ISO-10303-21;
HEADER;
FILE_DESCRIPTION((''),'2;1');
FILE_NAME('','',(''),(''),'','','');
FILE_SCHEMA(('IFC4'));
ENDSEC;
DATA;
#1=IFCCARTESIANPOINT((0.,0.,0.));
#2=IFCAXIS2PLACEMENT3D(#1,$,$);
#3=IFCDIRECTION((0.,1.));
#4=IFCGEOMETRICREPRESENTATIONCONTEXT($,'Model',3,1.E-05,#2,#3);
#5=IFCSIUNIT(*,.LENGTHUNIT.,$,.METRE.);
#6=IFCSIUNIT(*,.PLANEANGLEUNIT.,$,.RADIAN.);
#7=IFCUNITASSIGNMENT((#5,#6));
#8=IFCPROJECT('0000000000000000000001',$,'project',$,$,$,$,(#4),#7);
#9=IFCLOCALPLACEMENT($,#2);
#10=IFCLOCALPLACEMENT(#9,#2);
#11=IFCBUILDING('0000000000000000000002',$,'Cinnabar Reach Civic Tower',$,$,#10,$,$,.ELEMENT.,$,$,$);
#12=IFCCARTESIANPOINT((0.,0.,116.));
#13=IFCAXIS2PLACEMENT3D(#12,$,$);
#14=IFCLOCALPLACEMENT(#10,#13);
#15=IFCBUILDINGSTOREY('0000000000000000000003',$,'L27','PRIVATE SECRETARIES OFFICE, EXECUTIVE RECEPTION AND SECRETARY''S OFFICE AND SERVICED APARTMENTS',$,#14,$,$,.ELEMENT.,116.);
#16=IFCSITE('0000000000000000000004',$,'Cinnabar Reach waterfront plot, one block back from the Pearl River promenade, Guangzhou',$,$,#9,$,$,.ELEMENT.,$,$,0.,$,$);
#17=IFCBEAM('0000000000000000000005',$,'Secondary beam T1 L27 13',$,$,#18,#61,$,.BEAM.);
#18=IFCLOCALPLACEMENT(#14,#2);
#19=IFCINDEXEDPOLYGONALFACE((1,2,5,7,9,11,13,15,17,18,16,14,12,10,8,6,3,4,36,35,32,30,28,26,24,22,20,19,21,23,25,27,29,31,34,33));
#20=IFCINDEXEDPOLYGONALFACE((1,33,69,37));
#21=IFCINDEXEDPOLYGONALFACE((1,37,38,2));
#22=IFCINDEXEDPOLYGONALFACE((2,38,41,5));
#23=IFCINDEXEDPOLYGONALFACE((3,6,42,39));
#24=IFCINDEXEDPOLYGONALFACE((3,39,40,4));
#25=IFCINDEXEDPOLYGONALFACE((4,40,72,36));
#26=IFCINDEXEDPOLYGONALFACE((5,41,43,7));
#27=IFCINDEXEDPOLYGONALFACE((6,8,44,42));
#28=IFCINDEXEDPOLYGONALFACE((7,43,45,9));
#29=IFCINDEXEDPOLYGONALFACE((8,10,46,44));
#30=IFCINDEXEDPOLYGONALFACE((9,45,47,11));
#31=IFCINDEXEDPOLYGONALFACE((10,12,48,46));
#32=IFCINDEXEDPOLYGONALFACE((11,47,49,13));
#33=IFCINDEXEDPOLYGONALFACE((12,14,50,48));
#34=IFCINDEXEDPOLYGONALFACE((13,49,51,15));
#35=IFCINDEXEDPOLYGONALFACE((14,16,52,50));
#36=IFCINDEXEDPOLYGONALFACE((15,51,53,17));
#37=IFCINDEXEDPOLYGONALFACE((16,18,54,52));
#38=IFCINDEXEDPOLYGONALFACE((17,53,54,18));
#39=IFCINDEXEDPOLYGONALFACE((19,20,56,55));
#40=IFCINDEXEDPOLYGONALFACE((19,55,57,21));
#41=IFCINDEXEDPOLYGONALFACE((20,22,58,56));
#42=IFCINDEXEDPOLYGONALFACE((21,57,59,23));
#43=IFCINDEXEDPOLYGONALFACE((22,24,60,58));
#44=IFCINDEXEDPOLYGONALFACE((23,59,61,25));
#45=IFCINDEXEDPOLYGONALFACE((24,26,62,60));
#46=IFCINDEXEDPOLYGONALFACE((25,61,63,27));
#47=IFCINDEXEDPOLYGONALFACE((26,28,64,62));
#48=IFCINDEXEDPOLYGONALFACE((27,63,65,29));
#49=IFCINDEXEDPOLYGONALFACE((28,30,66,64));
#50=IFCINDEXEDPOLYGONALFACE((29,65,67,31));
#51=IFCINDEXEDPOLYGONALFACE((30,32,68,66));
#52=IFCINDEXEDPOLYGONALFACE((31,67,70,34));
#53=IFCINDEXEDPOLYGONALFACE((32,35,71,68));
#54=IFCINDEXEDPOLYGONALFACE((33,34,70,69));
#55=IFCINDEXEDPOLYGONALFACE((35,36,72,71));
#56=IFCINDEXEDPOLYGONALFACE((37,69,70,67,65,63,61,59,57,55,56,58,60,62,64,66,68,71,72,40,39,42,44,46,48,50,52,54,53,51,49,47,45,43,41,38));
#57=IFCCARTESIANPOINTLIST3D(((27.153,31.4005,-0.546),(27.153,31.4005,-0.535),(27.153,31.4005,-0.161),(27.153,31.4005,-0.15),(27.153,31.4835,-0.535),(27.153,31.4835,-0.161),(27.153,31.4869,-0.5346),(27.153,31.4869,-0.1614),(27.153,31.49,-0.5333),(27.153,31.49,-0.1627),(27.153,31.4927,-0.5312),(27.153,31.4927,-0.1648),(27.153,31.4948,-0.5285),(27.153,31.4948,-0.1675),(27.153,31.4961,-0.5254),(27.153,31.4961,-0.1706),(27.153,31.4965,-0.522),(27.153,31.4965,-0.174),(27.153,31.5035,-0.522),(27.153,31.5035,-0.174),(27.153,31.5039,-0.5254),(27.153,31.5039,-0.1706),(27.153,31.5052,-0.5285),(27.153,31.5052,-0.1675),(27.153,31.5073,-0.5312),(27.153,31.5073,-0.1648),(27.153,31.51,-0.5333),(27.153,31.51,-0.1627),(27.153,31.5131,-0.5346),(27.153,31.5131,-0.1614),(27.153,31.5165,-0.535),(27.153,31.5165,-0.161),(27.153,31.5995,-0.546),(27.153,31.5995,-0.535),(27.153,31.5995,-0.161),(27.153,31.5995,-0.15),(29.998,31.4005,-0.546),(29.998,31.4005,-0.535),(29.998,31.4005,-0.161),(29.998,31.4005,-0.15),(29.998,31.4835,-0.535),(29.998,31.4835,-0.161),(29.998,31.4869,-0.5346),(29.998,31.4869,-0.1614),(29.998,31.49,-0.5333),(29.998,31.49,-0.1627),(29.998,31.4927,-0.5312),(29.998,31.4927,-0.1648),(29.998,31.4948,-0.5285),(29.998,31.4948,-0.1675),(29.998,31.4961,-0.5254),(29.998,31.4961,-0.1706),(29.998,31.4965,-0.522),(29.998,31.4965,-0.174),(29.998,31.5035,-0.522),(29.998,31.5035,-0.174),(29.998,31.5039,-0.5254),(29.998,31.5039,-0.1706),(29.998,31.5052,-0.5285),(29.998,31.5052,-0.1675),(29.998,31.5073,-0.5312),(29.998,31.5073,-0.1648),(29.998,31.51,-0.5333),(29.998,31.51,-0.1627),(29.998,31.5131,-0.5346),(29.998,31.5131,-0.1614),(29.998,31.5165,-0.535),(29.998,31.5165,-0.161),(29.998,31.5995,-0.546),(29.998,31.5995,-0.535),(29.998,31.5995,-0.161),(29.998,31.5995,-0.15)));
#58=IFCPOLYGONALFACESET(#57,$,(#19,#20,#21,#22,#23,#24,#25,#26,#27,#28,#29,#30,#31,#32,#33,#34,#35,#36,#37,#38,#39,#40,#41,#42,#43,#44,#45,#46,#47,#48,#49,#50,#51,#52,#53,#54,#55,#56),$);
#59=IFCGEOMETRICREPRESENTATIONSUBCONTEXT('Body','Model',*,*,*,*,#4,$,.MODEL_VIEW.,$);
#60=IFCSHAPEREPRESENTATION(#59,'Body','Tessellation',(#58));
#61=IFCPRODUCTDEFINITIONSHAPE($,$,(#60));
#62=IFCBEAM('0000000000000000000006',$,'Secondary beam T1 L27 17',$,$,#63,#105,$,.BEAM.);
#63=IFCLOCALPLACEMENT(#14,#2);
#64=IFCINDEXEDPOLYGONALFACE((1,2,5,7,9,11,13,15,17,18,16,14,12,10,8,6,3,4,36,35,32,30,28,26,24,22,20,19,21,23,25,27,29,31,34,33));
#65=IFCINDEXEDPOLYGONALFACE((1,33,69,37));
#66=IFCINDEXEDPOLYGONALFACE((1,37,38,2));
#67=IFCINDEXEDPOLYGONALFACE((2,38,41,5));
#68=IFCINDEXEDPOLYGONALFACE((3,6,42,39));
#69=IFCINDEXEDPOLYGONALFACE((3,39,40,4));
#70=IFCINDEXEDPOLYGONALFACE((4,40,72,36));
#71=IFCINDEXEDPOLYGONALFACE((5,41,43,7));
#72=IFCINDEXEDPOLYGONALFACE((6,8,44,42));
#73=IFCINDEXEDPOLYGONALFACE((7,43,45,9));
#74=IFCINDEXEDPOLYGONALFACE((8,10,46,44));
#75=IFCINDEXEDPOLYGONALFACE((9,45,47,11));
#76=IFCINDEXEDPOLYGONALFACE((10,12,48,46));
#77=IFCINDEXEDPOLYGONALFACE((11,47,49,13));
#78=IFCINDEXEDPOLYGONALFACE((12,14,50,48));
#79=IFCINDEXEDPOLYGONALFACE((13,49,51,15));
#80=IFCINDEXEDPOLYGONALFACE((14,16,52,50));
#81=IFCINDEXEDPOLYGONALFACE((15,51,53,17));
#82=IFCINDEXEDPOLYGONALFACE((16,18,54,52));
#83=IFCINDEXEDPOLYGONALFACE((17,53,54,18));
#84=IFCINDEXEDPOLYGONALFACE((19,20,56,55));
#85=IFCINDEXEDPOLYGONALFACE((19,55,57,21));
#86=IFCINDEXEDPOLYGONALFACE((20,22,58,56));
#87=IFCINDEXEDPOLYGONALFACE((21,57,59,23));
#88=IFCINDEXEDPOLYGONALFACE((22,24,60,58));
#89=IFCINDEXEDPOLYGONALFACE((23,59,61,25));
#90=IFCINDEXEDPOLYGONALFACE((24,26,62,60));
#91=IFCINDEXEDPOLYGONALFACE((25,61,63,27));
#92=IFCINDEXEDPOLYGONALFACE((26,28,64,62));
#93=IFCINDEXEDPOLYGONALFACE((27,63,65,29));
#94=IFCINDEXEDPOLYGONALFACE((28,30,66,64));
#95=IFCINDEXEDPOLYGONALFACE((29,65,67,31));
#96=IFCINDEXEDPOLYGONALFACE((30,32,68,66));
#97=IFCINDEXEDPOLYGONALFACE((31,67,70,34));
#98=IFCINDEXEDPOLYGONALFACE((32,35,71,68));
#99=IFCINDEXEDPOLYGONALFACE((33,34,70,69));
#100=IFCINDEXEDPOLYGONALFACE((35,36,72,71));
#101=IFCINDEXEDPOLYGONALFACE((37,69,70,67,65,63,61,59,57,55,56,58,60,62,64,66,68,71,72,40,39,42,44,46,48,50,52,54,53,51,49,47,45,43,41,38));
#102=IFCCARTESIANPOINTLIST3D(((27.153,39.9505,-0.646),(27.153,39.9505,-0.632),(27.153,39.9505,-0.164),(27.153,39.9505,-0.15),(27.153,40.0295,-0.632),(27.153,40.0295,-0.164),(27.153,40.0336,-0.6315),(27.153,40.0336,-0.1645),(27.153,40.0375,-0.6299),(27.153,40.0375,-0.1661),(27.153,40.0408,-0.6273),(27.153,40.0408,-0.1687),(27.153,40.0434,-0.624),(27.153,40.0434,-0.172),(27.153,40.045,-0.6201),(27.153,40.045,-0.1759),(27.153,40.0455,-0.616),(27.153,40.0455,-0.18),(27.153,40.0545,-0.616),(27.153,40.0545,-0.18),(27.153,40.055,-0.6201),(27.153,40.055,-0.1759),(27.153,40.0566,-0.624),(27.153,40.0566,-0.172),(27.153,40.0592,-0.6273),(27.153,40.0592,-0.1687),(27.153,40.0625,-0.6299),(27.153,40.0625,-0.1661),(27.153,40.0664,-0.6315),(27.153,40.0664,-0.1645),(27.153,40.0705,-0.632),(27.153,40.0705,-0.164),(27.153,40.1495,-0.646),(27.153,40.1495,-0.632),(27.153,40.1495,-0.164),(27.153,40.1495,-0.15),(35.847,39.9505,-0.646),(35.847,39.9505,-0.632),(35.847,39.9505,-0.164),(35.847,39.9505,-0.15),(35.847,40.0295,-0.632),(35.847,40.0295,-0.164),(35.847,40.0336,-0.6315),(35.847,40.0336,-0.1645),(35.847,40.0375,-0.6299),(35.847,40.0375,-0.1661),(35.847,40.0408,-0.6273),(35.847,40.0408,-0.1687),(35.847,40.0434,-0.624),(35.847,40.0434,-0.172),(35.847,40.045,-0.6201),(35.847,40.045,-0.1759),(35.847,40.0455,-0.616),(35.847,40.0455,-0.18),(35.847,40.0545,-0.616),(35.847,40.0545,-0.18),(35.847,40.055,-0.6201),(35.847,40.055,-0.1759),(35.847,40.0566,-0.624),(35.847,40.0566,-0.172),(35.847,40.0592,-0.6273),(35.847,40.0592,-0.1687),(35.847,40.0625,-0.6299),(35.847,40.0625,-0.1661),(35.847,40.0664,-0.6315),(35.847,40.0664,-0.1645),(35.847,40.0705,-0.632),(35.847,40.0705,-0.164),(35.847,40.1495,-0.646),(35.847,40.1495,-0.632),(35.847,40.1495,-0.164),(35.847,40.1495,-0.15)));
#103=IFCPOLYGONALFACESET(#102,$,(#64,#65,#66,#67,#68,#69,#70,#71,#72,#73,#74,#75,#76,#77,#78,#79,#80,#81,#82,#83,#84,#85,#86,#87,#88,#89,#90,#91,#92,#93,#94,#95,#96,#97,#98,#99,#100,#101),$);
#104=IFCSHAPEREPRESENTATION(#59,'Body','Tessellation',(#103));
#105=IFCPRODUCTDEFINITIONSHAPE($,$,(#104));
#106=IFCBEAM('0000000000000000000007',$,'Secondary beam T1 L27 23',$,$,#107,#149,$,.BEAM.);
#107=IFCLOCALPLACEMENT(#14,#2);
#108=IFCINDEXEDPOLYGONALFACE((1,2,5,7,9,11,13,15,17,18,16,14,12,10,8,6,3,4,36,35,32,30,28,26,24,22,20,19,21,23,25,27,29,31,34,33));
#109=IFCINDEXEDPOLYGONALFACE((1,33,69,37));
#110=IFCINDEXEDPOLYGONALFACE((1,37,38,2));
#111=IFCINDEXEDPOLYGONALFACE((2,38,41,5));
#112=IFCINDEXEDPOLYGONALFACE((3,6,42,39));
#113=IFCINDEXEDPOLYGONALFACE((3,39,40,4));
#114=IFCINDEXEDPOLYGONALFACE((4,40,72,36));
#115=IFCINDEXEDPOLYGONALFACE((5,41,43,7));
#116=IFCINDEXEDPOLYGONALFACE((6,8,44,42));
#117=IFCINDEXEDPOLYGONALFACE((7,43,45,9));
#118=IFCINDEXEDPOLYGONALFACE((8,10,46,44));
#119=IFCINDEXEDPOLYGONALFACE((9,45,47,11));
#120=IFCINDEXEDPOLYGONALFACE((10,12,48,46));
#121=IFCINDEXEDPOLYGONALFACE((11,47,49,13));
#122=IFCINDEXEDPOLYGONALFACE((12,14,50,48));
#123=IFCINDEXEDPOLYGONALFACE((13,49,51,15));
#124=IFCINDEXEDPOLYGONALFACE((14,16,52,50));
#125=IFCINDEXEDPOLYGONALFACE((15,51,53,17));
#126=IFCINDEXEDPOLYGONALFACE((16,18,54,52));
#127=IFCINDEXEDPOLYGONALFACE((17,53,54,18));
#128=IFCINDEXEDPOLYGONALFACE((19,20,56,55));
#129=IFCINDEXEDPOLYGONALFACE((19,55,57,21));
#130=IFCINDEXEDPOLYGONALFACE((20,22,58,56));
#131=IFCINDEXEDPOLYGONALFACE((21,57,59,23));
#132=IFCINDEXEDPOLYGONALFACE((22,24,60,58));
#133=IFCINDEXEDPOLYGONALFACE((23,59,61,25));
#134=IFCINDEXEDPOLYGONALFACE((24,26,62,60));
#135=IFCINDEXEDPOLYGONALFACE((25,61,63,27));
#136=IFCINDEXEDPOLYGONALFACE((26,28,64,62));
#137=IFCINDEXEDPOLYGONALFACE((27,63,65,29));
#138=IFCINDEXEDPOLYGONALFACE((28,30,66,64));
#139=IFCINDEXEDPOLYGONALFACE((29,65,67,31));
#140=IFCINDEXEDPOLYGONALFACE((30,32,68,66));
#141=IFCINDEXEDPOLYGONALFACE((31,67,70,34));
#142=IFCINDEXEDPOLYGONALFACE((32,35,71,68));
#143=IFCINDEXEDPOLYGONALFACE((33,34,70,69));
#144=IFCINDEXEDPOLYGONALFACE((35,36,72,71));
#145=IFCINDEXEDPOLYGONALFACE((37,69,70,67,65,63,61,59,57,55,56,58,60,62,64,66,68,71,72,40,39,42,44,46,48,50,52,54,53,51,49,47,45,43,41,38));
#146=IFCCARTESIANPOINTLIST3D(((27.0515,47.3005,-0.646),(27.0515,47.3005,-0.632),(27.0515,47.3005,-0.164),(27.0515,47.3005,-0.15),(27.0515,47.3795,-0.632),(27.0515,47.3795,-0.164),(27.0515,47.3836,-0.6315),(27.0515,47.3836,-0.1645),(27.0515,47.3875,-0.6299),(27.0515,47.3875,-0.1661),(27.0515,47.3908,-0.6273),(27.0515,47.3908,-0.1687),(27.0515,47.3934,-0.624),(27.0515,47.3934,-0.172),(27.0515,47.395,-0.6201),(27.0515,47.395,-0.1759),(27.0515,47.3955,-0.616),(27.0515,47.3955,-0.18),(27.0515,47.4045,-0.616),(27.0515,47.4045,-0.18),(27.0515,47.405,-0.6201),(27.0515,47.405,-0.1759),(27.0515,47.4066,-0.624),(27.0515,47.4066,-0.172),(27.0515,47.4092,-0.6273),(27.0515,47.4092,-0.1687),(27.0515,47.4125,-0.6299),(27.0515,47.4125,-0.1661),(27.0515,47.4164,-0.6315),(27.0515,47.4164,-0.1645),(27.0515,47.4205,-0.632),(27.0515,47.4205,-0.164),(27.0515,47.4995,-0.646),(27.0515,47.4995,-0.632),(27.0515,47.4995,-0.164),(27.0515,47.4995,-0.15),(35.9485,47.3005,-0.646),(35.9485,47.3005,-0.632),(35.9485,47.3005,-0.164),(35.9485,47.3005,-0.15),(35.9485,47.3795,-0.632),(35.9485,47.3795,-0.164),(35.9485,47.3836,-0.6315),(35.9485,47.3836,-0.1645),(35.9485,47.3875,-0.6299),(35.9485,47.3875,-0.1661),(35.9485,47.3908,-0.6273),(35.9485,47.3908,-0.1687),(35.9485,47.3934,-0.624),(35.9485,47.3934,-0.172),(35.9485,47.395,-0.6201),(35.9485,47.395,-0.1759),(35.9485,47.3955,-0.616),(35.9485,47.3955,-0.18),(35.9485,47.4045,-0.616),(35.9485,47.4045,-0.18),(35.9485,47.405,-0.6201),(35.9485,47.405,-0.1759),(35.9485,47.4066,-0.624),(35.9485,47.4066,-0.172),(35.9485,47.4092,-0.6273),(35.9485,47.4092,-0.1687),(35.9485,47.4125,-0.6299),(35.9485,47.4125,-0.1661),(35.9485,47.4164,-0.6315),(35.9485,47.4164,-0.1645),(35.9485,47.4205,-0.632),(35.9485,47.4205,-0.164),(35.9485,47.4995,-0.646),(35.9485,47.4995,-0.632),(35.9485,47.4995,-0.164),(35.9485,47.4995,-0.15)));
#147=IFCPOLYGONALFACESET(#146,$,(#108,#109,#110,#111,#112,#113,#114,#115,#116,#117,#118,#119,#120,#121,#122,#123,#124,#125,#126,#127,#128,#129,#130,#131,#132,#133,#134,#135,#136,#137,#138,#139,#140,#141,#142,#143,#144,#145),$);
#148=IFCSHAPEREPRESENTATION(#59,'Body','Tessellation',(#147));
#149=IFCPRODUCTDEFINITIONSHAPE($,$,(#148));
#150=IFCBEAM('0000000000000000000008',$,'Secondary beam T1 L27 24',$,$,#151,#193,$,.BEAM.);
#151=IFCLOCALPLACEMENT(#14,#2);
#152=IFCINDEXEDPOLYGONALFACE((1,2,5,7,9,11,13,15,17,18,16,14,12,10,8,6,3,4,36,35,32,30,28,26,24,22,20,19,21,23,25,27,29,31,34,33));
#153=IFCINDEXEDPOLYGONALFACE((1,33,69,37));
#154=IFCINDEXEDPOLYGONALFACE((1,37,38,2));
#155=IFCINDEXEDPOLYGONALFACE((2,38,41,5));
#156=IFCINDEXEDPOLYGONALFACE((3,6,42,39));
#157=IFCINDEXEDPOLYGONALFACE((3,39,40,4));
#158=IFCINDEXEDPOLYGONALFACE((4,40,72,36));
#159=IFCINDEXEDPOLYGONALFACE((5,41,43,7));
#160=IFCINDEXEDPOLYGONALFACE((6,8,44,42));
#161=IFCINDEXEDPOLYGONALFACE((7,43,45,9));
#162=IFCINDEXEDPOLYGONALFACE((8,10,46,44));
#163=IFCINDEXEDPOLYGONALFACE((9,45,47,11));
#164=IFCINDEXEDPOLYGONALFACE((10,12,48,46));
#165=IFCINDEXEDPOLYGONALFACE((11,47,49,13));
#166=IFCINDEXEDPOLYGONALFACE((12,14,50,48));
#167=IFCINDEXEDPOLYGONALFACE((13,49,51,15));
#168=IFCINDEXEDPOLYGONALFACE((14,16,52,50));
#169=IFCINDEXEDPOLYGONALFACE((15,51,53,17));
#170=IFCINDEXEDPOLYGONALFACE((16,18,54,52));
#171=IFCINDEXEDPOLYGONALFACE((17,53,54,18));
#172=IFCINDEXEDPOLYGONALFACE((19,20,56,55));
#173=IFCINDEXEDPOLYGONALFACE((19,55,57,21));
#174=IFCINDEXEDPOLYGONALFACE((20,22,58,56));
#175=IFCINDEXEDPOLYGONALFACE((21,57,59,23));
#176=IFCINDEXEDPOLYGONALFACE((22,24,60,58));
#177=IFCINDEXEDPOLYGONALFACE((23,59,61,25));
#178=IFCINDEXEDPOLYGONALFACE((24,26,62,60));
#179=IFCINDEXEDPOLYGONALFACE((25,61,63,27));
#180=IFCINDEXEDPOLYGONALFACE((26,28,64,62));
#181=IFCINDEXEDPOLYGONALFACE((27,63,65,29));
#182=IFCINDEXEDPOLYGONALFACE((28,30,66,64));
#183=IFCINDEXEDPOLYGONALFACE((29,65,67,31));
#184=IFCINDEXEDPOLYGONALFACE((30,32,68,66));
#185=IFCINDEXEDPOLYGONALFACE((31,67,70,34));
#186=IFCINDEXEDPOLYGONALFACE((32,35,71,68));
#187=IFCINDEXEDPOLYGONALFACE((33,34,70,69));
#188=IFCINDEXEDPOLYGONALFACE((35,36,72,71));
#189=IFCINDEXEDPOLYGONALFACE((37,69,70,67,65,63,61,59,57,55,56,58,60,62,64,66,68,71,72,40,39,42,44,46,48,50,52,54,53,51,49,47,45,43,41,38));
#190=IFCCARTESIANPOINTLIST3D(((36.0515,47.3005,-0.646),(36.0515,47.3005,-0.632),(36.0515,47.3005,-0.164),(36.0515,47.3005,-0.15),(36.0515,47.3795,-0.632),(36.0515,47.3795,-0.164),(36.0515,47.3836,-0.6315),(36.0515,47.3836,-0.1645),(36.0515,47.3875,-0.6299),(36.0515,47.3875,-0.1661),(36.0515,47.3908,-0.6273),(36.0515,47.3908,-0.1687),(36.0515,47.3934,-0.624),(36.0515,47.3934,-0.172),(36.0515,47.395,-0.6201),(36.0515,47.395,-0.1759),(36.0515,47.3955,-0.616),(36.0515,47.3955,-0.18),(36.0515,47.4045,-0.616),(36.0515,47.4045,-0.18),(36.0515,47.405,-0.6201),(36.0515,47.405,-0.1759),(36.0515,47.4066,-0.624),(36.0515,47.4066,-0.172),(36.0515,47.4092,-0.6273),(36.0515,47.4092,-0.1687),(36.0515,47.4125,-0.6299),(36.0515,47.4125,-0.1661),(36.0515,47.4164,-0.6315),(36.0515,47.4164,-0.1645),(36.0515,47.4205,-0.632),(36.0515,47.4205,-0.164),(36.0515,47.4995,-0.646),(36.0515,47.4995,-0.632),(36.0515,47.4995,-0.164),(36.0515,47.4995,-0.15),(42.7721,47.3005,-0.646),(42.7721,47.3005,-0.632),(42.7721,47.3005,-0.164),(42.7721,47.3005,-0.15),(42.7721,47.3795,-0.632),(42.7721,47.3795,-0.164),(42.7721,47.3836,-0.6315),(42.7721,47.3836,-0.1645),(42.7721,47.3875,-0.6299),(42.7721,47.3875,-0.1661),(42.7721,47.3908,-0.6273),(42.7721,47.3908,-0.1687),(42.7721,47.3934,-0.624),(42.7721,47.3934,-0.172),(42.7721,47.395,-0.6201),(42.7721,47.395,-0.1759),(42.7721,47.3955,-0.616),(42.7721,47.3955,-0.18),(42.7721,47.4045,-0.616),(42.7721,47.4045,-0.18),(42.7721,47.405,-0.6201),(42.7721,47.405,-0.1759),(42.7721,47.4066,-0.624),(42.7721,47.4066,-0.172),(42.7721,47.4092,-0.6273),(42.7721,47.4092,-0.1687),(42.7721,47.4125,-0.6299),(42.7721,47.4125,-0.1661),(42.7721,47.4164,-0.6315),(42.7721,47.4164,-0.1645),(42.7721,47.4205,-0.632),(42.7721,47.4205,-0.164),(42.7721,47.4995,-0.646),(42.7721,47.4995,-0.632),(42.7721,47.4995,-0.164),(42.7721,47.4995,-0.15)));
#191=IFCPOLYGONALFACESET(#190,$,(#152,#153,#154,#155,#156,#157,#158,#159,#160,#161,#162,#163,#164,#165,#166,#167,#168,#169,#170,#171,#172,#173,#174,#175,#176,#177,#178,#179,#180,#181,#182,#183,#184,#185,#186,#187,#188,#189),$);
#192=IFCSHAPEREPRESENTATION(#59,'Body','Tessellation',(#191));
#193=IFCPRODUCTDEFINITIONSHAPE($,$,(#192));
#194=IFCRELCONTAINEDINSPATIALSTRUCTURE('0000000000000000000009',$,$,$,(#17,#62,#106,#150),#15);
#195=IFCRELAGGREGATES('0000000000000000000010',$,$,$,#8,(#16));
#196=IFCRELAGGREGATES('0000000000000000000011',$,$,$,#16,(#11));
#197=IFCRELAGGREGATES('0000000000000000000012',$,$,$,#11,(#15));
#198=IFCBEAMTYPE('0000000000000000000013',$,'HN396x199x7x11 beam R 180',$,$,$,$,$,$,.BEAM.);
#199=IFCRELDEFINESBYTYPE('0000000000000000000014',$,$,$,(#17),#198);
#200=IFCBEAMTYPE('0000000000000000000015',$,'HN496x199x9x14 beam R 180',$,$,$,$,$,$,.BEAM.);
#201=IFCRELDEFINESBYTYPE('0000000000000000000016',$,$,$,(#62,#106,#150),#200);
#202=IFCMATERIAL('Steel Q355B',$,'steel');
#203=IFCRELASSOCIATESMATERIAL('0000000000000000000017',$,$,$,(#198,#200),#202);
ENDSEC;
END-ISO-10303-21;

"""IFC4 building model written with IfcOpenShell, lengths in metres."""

from ifc_helpers import new_model, si_unit, direction, frame, origin, origin_2d, place, context, subcontext, project, spatial, i_section, extrude, material, material_profile, profile_set, type_object, element, save


model = new_model("IFC4")

# Units and contexts
model_context = context("Model", 3, precision=1e-05, world=origin(), true_north=direction((0.0, 1.0)))
body_context = subcontext(model_context, "Body", "Model", "MODEL_VIEW")
ifc_project = project(units=[si_unit("LENGTHUNIT", "METRE"), si_unit("PLANEANGLEUNIT", "RADIAN")], contexts=[model_context])

# Site, building, storey
site_placement = place(None, origin())
site = spatial("IfcSite", under=ifc_project, at=site_placement, Name="Cinnabar Reach waterfront plot, one block back from the Pearl River promenade, Guangzhou", CompositionType="ELEMENT", RefElevation=0.0)
building_placement = place(site_placement, origin())
building = spatial("IfcBuilding", under=site, at=building_placement, Name="Cinnabar Reach Civic Tower", CompositionType="ELEMENT")
storey_placement = place(building_placement, frame((0.0, 0.0, 116.0)))
storey = spatial("IfcBuildingStorey", under=building, at=storey_placement, Name="L27", Description="PRIVATE SECRETARIES OFFICE, EXECUTIVE RECEPTION AND SECRETARY'S OFFICE AND SERVICED APARTMENTS", CompositionType="ELEMENT", Elevation=116.0)

# Beams
ifc_material_1 = material(Name="Steel Q355B", Category="steel")
ifc_material_profile_1 = material_profile(ifc_material_1, i_section(OverallWidth=0.199, OverallDepth=0.396, WebThickness=0.007, FlangeThickness=0.011, FilletRadius=0.013, at=origin_2d()), Name="HN396x199x7x11")
ifc_profile_set_1 = profile_set([ifc_material_profile_1], Name="Steel Q355B")
beam_type_1 = type_object("IfcBeamType", Name="HN396x199x7x11 beam R 180", PredefinedType="BEAM", material=ifc_profile_set_1)
beam_1_placement = place(storey_placement, frame((27.153, 31.5, -0.348), z_axis=(1.0, 0.0, 0.0), x_axis=(0.0, 1.0, 0.0)))
element("IfcBeam", 1, at=beam_1_placement, inside=storey, type_object=beam_type_1, Name="Secondary beam T1 L27 13", PredefinedType="BEAM", context=body_context, shape_type="SweptSolid", body=[
    extrude(i_section(OverallWidth=0.199, OverallDepth=0.396, WebThickness=0.007, FlangeThickness=0.011, FilletRadius=0.013, at=origin_2d()), origin(), (0.0, 0.0, 1.0), 2.845),
])
ifc_material_profile_2 = material_profile(ifc_material_1, i_section(OverallWidth=0.199, OverallDepth=0.496, WebThickness=0.009, FlangeThickness=0.014, FilletRadius=0.016, at=origin_2d()), Name="HN496x199x9x14")
ifc_profile_set_2 = profile_set([ifc_material_profile_2], Name="Steel Q355B")
beam_type_2 = type_object("IfcBeamType", Name="HN496x199x9x14 beam R 180", PredefinedType="BEAM", material=ifc_profile_set_2)
beam_2_placement = place(storey_placement, frame((27.153, 40.05, -0.398), z_axis=(1.0, 0.0, 0.0), x_axis=(0.0, 1.0, 0.0)))
element("IfcBeam", 2, at=beam_2_placement, inside=storey, type_object=beam_type_2, Name="Secondary beam T1 L27 17", PredefinedType="BEAM", context=body_context, shape_type="SweptSolid", body=[
    extrude(i_section(OverallWidth=0.199, OverallDepth=0.496, WebThickness=0.009, FlangeThickness=0.014, FilletRadius=0.016, at=origin_2d()), origin(), (0.0, 0.0, 1.0), 8.694),
])
beam_3_placement = place(storey_placement, frame((27.0515, 47.4, -0.398), z_axis=(1.0, 0.0, 0.0), x_axis=(0.0, 1.0, 0.0)))
element("IfcBeam", 3, at=beam_3_placement, inside=storey, type_object=beam_type_2, Name="Secondary beam T1 L27 23", PredefinedType="BEAM", context=body_context, shape_type="SweptSolid", body=[
    extrude(i_section(OverallWidth=0.199, OverallDepth=0.496, WebThickness=0.009, FlangeThickness=0.014, FilletRadius=0.016, at=origin_2d()), origin(), (0.0, 0.0, 1.0), 8.897),
])
beam_4_placement = place(storey_placement, frame((36.0515, 47.4, -0.398), z_axis=(1.0, 0.0, 0.0), x_axis=(0.0, 1.0, 0.0)))
element("IfcBeam", 4, at=beam_4_placement, inside=storey, type_object=beam_type_2, Name="Secondary beam T1 L27 24", PredefinedType="BEAM", context=body_context, shape_type="SweptSolid", body=[
    extrude(i_section(OverallWidth=0.199, OverallDepth=0.496, WebThickness=0.009, FlangeThickness=0.014, FilletRadius=0.016, at=origin_2d()), origin(), (0.0, 0.0, 1.0), 6.7206),
])

save(model, "model.ifc")
